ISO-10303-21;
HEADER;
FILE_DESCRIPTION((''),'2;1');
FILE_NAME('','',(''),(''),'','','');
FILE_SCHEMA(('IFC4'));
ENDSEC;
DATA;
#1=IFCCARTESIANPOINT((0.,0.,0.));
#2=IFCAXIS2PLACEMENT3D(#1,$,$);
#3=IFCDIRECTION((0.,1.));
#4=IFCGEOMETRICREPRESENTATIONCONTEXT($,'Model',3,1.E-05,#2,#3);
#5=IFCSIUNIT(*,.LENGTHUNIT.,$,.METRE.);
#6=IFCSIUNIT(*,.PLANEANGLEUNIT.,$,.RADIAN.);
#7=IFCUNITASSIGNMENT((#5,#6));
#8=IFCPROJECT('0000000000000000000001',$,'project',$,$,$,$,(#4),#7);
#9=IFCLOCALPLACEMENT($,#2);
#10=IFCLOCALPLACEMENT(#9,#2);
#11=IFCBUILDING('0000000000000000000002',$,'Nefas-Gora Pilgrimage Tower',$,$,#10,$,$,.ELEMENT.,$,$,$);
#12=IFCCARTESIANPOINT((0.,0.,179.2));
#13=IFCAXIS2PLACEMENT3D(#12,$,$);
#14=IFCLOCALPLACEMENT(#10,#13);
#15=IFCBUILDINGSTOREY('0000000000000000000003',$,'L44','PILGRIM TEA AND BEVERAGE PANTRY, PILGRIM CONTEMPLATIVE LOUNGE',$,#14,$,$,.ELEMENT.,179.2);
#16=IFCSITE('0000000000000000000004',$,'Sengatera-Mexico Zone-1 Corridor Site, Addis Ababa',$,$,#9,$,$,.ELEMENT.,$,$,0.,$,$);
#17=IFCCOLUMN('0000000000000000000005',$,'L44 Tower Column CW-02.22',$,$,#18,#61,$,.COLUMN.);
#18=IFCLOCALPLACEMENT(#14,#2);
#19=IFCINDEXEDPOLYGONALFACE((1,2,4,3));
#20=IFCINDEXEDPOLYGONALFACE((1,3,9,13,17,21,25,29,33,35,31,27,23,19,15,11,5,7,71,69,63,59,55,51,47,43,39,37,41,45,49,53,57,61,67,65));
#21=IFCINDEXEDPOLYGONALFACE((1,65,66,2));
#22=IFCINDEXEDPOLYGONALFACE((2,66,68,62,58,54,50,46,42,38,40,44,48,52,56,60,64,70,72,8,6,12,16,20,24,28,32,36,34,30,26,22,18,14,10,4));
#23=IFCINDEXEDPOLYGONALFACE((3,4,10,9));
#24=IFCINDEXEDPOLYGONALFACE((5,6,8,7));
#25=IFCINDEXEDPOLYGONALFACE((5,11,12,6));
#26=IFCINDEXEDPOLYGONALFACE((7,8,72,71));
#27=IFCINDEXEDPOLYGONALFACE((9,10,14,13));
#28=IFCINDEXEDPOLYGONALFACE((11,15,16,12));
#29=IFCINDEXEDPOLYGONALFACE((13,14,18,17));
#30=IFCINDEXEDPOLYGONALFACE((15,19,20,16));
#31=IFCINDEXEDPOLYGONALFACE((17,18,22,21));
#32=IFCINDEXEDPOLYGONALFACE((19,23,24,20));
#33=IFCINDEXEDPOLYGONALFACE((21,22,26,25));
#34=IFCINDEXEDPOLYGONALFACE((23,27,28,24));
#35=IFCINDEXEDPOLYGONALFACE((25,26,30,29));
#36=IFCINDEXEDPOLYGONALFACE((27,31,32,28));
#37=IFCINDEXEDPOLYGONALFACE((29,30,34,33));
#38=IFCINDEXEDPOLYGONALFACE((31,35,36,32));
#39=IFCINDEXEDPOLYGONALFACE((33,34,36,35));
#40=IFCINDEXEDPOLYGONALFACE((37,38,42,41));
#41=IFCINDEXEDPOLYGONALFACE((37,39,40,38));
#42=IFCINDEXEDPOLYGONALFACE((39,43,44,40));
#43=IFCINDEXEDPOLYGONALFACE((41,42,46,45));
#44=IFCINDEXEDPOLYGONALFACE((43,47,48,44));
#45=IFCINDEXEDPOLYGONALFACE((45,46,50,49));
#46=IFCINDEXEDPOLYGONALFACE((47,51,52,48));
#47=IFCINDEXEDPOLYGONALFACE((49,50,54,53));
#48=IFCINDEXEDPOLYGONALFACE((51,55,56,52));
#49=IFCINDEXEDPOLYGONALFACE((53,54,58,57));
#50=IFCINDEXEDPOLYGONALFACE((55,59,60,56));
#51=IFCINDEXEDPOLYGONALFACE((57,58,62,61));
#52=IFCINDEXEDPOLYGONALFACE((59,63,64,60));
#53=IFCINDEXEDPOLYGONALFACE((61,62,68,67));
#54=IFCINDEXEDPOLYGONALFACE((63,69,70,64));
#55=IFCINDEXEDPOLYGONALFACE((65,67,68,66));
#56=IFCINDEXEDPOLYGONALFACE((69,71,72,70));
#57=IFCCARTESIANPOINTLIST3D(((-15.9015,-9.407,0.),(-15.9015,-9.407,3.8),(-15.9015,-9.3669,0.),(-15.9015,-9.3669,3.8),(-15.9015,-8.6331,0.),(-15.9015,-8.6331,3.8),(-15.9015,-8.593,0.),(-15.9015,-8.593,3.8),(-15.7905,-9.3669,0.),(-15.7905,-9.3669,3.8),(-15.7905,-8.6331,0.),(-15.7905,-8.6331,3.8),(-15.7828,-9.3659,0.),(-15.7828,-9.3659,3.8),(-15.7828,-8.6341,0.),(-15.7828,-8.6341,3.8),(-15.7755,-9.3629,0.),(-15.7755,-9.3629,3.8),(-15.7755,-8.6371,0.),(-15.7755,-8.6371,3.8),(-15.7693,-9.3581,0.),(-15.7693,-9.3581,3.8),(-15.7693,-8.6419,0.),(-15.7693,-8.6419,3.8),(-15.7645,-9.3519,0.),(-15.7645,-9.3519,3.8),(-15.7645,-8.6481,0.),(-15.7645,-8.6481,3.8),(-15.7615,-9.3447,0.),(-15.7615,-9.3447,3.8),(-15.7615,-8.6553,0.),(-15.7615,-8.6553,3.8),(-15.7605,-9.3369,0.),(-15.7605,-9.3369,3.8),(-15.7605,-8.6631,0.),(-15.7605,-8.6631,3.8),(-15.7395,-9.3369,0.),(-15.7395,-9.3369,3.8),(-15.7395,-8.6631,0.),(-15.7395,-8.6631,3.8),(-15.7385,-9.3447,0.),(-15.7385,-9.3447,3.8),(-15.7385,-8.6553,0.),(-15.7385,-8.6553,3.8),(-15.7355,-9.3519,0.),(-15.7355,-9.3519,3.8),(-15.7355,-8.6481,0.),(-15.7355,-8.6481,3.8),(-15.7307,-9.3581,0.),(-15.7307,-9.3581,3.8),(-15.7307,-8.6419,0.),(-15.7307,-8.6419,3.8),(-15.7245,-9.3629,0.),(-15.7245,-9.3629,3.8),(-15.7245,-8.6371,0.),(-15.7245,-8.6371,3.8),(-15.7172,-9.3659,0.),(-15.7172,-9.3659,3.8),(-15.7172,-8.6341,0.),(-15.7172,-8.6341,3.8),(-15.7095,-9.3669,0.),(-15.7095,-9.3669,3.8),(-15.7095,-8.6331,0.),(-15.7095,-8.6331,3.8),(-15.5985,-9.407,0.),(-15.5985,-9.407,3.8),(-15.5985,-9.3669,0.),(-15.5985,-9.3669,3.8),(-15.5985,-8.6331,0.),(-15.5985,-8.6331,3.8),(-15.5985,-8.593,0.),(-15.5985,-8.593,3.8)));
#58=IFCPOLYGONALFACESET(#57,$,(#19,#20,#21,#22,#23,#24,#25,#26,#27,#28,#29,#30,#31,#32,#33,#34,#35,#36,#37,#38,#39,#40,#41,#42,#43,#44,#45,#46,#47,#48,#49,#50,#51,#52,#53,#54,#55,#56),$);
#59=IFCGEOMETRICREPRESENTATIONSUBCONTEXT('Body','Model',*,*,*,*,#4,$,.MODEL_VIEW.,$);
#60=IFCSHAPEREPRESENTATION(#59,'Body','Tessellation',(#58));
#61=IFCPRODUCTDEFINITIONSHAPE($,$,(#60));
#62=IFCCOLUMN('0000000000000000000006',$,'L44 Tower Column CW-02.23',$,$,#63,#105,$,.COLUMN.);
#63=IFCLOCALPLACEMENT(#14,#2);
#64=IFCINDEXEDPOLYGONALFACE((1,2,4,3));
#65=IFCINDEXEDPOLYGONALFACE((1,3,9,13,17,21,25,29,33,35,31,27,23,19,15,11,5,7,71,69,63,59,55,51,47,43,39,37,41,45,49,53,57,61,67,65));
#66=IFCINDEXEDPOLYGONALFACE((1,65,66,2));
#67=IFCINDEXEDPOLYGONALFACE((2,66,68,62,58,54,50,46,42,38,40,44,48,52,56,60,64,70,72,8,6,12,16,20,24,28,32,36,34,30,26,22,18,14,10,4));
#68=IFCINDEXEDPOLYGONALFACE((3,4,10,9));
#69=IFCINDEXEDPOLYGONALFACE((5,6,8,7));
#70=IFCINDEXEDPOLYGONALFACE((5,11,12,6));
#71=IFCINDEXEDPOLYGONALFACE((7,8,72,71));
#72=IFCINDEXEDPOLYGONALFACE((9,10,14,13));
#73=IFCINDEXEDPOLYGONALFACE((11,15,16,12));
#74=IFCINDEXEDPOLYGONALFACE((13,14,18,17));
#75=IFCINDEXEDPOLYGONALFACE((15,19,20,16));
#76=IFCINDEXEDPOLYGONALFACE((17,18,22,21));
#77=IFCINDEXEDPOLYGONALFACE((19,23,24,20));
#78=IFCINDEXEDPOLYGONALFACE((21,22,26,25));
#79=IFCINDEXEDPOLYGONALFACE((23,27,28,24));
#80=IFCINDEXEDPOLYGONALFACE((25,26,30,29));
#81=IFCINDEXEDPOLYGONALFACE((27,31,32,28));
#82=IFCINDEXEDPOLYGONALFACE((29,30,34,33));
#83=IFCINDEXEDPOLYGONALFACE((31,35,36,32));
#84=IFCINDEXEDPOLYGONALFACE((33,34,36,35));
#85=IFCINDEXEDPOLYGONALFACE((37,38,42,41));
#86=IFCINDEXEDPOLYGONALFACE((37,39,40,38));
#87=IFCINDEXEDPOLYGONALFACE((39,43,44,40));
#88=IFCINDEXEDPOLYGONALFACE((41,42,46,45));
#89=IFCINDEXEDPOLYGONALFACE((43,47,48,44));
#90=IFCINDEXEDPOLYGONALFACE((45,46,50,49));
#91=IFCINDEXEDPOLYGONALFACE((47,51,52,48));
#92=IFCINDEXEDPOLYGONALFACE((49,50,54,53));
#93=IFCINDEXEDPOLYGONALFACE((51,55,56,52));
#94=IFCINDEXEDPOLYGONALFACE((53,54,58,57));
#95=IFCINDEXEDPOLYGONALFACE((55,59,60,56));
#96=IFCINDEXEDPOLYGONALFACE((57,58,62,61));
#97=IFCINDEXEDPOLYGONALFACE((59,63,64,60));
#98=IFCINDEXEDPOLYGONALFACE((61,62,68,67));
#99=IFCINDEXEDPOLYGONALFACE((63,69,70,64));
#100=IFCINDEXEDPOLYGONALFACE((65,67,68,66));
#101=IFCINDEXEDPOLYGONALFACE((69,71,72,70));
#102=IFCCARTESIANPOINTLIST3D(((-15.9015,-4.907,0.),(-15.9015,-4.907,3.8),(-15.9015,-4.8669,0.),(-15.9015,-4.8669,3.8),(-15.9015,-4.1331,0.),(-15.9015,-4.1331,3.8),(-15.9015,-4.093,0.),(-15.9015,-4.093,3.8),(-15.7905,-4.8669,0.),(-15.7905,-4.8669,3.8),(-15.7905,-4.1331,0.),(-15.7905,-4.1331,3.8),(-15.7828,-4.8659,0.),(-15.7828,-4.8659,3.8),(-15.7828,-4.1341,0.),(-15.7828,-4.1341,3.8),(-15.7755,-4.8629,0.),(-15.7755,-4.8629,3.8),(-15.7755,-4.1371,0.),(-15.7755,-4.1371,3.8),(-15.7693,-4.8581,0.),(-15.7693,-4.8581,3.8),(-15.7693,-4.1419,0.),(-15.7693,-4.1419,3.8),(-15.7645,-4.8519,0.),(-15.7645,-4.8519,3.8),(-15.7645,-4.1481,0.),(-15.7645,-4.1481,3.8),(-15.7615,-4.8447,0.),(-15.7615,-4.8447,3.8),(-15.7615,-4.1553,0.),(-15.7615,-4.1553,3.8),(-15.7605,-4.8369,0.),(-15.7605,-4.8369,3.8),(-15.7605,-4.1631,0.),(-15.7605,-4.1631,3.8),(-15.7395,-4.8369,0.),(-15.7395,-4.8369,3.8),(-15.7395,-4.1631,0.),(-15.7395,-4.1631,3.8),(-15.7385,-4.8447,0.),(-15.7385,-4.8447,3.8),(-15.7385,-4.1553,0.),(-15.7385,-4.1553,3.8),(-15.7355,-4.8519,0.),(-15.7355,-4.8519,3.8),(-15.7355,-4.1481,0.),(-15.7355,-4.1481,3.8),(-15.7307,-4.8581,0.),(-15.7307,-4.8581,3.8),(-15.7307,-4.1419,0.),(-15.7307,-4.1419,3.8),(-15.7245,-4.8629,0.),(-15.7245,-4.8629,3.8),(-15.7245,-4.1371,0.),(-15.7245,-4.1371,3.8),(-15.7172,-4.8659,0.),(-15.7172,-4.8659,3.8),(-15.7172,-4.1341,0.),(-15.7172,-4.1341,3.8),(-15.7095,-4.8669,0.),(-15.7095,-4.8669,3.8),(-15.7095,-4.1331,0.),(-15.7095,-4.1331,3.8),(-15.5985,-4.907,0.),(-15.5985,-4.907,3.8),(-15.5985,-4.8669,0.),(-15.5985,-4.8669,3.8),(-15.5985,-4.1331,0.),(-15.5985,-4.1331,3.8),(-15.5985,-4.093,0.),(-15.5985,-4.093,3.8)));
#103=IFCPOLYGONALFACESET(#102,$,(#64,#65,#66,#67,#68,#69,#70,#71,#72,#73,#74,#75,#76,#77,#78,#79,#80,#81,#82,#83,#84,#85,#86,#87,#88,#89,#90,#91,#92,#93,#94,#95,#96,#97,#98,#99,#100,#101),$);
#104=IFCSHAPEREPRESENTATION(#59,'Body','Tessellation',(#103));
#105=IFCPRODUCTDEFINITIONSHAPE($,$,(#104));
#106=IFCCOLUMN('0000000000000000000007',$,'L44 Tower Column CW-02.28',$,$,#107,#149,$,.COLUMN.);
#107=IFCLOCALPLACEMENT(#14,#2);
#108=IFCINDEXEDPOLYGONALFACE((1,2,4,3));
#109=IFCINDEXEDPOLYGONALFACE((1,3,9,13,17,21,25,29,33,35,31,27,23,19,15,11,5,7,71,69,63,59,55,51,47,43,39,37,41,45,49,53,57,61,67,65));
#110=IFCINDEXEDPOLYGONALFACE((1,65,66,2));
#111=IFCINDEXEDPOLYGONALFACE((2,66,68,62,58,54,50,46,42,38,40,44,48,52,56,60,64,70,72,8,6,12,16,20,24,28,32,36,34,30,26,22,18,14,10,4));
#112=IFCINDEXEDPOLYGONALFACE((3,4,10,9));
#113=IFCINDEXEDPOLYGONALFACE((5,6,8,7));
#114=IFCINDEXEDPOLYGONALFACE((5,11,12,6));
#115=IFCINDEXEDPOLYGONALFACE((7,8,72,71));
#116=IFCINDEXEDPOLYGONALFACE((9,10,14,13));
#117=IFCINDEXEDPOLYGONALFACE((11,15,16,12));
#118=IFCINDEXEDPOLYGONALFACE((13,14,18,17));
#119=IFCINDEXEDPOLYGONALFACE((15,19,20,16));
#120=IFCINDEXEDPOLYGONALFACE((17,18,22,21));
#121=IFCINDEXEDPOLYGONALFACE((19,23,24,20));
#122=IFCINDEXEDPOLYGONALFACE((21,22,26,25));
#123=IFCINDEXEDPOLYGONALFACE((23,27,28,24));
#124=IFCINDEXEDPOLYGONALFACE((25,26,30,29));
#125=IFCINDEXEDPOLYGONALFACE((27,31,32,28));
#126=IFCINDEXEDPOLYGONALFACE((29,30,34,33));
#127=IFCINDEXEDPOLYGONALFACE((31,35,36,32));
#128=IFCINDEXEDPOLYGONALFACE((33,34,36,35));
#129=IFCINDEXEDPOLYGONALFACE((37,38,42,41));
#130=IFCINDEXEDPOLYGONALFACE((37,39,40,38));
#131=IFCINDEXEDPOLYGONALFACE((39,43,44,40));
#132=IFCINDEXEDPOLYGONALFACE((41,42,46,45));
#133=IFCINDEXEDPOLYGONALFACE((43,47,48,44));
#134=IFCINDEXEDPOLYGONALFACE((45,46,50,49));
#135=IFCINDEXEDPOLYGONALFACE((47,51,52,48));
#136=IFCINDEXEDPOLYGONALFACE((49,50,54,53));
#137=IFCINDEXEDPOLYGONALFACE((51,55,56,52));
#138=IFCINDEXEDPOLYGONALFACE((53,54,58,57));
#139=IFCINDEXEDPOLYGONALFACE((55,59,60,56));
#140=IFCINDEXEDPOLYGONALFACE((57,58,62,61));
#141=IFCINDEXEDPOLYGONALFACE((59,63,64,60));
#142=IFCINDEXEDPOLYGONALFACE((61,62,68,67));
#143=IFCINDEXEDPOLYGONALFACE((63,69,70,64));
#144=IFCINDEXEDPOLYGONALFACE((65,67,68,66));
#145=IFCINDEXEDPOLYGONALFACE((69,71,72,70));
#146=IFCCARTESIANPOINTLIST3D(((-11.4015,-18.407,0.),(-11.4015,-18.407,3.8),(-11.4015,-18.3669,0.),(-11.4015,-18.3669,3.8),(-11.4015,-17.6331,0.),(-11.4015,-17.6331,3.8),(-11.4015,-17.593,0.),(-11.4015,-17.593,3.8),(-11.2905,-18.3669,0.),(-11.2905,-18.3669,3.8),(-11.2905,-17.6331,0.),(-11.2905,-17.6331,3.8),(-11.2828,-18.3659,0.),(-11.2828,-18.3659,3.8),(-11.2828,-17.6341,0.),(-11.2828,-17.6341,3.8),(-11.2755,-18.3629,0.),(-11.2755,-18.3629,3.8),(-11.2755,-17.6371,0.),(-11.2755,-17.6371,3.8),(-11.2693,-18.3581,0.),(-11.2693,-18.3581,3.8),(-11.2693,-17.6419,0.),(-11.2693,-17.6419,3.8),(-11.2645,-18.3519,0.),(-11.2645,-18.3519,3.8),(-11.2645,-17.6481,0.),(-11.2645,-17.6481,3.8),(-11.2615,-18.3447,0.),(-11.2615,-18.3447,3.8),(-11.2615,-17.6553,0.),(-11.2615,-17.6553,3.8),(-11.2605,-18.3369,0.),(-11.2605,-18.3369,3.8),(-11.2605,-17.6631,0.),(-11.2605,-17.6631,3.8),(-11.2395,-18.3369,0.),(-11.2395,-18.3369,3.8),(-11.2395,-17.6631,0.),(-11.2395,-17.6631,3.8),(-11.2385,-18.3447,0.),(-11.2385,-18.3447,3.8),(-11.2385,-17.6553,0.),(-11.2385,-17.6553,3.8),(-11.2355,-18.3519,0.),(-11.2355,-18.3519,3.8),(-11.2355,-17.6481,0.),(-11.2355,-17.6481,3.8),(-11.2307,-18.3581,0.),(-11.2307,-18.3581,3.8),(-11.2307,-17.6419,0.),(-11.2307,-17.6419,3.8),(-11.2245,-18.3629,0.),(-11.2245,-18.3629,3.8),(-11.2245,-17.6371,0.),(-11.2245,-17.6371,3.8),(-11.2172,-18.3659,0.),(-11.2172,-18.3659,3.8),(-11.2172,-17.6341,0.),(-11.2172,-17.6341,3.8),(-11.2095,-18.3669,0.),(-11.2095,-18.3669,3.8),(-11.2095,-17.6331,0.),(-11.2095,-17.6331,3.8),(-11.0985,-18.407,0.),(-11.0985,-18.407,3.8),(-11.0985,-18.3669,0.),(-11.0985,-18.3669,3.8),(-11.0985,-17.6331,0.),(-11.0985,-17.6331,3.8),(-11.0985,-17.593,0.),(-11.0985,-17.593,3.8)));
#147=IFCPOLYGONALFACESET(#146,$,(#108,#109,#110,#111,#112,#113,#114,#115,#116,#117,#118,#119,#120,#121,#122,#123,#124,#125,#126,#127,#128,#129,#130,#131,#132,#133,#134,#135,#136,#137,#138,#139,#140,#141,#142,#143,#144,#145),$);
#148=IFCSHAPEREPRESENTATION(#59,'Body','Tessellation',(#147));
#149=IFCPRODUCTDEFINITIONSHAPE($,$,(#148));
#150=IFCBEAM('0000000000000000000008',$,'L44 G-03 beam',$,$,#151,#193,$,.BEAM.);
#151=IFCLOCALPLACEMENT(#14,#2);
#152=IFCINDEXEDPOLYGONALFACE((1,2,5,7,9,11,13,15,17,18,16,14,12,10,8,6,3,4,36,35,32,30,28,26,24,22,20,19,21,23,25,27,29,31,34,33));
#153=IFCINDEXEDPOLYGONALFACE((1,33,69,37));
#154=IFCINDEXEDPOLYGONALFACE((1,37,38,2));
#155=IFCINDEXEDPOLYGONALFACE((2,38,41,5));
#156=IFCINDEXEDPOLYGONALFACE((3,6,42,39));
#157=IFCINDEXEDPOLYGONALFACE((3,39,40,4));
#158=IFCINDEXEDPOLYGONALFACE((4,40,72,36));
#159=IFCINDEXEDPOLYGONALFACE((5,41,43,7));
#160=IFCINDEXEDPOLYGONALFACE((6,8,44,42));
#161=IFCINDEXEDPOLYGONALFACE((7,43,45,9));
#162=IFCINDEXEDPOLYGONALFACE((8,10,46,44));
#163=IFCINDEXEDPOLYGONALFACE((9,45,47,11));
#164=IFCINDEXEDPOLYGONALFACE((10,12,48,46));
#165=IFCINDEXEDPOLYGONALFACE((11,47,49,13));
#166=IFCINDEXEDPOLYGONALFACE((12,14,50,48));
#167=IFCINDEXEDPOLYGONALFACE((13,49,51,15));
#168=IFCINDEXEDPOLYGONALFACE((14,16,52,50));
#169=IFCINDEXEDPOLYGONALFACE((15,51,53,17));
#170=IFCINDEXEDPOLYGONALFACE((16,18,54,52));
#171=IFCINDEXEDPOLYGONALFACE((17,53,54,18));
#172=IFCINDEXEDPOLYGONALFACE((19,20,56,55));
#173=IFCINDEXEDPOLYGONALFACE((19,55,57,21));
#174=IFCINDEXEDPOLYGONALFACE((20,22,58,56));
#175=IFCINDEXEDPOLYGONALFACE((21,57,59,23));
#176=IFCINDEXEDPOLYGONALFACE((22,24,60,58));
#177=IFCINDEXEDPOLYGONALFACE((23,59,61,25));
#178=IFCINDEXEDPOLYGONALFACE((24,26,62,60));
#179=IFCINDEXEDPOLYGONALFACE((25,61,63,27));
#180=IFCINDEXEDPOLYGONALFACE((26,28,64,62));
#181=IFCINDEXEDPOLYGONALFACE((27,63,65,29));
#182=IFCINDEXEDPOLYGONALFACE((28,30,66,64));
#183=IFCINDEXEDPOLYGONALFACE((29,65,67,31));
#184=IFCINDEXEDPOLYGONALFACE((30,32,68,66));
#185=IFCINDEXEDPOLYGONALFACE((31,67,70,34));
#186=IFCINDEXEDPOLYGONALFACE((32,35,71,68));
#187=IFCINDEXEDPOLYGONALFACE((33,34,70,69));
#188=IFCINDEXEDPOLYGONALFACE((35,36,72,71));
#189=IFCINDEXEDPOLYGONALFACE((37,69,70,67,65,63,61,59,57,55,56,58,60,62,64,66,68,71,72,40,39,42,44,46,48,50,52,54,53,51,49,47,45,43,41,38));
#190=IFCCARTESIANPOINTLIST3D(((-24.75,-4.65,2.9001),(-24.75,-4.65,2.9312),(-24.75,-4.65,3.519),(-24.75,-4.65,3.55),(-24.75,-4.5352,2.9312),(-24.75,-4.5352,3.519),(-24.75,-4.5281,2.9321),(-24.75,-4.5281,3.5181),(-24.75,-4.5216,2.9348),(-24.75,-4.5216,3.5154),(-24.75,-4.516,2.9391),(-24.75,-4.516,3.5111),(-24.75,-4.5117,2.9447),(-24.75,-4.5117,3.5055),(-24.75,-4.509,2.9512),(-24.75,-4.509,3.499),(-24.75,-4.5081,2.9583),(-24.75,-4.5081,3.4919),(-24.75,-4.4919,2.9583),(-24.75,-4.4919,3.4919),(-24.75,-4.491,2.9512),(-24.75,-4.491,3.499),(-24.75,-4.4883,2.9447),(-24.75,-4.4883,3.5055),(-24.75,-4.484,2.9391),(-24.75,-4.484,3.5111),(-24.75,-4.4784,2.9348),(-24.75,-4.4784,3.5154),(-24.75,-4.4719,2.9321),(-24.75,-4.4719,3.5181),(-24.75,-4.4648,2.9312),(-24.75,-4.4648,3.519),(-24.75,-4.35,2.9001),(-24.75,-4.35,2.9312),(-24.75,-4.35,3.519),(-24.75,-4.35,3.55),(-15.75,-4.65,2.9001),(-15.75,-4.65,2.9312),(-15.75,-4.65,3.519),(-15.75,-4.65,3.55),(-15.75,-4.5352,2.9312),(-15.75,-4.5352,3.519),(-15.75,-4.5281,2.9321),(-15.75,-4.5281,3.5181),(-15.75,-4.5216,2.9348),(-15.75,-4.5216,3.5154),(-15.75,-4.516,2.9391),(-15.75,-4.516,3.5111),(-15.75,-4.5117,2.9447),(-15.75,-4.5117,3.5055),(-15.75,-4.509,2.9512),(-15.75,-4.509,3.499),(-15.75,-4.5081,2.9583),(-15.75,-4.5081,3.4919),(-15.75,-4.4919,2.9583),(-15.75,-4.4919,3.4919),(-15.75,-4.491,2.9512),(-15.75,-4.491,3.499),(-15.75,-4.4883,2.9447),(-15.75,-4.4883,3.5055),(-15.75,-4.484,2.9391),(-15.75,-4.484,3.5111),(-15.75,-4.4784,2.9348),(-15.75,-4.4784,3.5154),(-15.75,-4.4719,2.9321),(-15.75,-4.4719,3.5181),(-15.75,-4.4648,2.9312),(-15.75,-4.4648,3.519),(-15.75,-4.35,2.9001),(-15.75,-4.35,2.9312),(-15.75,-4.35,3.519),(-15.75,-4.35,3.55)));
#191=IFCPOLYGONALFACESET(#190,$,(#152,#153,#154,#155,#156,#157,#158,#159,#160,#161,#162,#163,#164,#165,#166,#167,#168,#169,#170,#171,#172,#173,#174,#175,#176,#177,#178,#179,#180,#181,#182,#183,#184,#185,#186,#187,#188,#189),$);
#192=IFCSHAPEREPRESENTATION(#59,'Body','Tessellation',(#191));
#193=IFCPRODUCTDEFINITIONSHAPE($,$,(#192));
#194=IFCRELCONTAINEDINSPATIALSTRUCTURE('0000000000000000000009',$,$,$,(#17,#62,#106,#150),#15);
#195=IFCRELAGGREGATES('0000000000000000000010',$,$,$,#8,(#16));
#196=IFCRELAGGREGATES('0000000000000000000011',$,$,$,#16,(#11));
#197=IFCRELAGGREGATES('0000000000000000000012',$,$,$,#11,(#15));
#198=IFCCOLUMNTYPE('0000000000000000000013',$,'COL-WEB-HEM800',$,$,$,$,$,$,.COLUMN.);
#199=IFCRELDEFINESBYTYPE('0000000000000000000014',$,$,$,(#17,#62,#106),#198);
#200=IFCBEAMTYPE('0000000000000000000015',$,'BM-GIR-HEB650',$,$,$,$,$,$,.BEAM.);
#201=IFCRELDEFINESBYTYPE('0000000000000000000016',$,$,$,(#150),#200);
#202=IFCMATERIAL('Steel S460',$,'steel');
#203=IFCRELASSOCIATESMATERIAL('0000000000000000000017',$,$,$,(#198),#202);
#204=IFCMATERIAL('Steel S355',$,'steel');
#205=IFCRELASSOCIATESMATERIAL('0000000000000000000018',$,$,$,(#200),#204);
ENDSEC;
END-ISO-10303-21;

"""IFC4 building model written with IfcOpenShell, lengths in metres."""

from ifc_helpers import new_model, si_unit, direction, frame, origin, origin_2d, place, context, subcontext, project, spatial, i_section, extrude, source, transform, mapped, material, material_profile, profile_set, type_object, element, save


model = new_model("IFC4")

# Units and contexts
model_context = context("Model", 3, precision=1e-05, world=origin(), true_north=direction((0.0, 1.0)))
body_context = subcontext(model_context, "Body", "Model", "MODEL_VIEW")
ifc_project = project(units=[si_unit("LENGTHUNIT", "METRE"), si_unit("PLANEANGLEUNIT", "RADIAN")], contexts=[model_context])

# Site, building, storey
site_placement = place(None, origin())
site = spatial("IfcSite", under=ifc_project, at=site_placement, Name="Sengatera-Mexico Zone-1 Corridor Site, Addis Ababa", CompositionType="ELEMENT", RefElevation=0.0)
building_placement = place(site_placement, origin())
building = spatial("IfcBuilding", under=site, at=building_placement, Name="Nefas-Gora Pilgrimage Tower", CompositionType="ELEMENT")
storey_placement = place(building_placement, frame((0.0, 0.0, 179.2)))
storey = spatial("IfcBuildingStorey", under=building, at=storey_placement, Name="L44", Description="PILGRIM TEA AND BEVERAGE PANTRY, PILGRIM CONTEMPLATIVE LOUNGE", CompositionType="ELEMENT", Elevation=179.2)

# Columns
ifc_material_1 = material(Name="Steel S460", Category="steel")
ifc_material_profile_1 = material_profile(ifc_material_1, i_section(OverallWidth=0.303, OverallDepth=0.814, WebThickness=0.021, FlangeThickness=0.04, FilletRadius=0.03, at=origin_2d()), Name="HEM 800")
ifc_profile_set_1 = profile_set([ifc_material_profile_1], Name="Steel S460")
column_type_1 = type_object("IfcColumnType", Name="COL-WEB-HEM800", PredefinedType="COLUMN", material=ifc_profile_set_1)
shared_shape_1 = source(origin(), body_context, "Body", "SweptSolid", [
    extrude(i_section(OverallWidth=0.303, OverallDepth=0.814, WebThickness=0.021, FlangeThickness=0.04, FilletRadius=0.03, at=origin_2d()), origin(), (0.0, 0.0, 1.0), 3.8),
])
for number, where, z_axis, x_axis, name in (
    (1, (-15.75, -9.0, 0.0), (0.0, 0.0, 1.0), (1.0, 0.0, 0.0), "L44 Tower Column CW-02.22"),
    (2, (-15.75, -4.5, 0.0), (0.0, 0.0, 1.0), (1.0, 0.0, 0.0), "L44 Tower Column CW-02.23"),
    (3, (-11.25, -18.0, 0.0), (0.0, 0.0, 1.0), (1.0, 0.0, 0.0), "L44 Tower Column CW-02.28"),
):
    element("IfcColumn", number, at=place(storey_placement, frame(where, z_axis=z_axis, x_axis=x_axis)), inside=storey, type_object=column_type_1, Name=name, PredefinedType="COLUMN", context=body_context, shape_type="MappedRepresentation", body=[
        mapped(shared_shape_1, transform((0.0, 0.0, 0.0), x_axis=(1.0, 0.0, 0.0), y_axis=(0.0, 1.0, 0.0), z_axis=(0.0, 0.0, 1.0), scale=1.0)),
    ])

# Beam
ifc_material_2 = material(Name="Steel S355", Category="steel")
ifc_material_profile_2 = material_profile(ifc_material_2, i_section(OverallWidth=0.3, OverallDepth=0.6499, WebThickness=0.0161, FlangeThickness=0.031, FilletRadius=0.0271, at=origin_2d()), Name="HEB 650")
ifc_profile_set_2 = profile_set([ifc_material_profile_2], Name="Steel S355")
beam_type = type_object("IfcBeamType", Name="BM-GIR-HEB650", PredefinedType="BEAM", material=ifc_profile_set_2)
shared_shape_2 = source(origin(), body_context, "Body", "SweptSolid", [
    extrude(i_section(OverallWidth=0.3, OverallDepth=0.6499, WebThickness=0.0161, FlangeThickness=0.031, FilletRadius=0.0271, at=origin_2d()), origin(), (0.0, 0.0, 1.0), 9.0),
])
for number, where, z_axis, x_axis, name in (
    (4, (-24.75, -4.5, 3.2251), (1.0, 0.0, 0.0), (0.0, 1.0, 0.0), "L44 G-03 beam"),
):
    element("IfcBeam", number, at=place(storey_placement, frame(where, z_axis=z_axis, x_axis=x_axis)), inside=storey, type_object=beam_type, Name=name, PredefinedType="BEAM", context=body_context, shape_type="MappedRepresentation", body=[
        mapped(shared_shape_2, transform((0.0, 0.0, 0.0), x_axis=(1.0, 0.0, 0.0), y_axis=(0.0, 1.0, 0.0), z_axis=(0.0, 0.0, 1.0), scale=1.0)),
    ])

save(model, "model.ifc")
